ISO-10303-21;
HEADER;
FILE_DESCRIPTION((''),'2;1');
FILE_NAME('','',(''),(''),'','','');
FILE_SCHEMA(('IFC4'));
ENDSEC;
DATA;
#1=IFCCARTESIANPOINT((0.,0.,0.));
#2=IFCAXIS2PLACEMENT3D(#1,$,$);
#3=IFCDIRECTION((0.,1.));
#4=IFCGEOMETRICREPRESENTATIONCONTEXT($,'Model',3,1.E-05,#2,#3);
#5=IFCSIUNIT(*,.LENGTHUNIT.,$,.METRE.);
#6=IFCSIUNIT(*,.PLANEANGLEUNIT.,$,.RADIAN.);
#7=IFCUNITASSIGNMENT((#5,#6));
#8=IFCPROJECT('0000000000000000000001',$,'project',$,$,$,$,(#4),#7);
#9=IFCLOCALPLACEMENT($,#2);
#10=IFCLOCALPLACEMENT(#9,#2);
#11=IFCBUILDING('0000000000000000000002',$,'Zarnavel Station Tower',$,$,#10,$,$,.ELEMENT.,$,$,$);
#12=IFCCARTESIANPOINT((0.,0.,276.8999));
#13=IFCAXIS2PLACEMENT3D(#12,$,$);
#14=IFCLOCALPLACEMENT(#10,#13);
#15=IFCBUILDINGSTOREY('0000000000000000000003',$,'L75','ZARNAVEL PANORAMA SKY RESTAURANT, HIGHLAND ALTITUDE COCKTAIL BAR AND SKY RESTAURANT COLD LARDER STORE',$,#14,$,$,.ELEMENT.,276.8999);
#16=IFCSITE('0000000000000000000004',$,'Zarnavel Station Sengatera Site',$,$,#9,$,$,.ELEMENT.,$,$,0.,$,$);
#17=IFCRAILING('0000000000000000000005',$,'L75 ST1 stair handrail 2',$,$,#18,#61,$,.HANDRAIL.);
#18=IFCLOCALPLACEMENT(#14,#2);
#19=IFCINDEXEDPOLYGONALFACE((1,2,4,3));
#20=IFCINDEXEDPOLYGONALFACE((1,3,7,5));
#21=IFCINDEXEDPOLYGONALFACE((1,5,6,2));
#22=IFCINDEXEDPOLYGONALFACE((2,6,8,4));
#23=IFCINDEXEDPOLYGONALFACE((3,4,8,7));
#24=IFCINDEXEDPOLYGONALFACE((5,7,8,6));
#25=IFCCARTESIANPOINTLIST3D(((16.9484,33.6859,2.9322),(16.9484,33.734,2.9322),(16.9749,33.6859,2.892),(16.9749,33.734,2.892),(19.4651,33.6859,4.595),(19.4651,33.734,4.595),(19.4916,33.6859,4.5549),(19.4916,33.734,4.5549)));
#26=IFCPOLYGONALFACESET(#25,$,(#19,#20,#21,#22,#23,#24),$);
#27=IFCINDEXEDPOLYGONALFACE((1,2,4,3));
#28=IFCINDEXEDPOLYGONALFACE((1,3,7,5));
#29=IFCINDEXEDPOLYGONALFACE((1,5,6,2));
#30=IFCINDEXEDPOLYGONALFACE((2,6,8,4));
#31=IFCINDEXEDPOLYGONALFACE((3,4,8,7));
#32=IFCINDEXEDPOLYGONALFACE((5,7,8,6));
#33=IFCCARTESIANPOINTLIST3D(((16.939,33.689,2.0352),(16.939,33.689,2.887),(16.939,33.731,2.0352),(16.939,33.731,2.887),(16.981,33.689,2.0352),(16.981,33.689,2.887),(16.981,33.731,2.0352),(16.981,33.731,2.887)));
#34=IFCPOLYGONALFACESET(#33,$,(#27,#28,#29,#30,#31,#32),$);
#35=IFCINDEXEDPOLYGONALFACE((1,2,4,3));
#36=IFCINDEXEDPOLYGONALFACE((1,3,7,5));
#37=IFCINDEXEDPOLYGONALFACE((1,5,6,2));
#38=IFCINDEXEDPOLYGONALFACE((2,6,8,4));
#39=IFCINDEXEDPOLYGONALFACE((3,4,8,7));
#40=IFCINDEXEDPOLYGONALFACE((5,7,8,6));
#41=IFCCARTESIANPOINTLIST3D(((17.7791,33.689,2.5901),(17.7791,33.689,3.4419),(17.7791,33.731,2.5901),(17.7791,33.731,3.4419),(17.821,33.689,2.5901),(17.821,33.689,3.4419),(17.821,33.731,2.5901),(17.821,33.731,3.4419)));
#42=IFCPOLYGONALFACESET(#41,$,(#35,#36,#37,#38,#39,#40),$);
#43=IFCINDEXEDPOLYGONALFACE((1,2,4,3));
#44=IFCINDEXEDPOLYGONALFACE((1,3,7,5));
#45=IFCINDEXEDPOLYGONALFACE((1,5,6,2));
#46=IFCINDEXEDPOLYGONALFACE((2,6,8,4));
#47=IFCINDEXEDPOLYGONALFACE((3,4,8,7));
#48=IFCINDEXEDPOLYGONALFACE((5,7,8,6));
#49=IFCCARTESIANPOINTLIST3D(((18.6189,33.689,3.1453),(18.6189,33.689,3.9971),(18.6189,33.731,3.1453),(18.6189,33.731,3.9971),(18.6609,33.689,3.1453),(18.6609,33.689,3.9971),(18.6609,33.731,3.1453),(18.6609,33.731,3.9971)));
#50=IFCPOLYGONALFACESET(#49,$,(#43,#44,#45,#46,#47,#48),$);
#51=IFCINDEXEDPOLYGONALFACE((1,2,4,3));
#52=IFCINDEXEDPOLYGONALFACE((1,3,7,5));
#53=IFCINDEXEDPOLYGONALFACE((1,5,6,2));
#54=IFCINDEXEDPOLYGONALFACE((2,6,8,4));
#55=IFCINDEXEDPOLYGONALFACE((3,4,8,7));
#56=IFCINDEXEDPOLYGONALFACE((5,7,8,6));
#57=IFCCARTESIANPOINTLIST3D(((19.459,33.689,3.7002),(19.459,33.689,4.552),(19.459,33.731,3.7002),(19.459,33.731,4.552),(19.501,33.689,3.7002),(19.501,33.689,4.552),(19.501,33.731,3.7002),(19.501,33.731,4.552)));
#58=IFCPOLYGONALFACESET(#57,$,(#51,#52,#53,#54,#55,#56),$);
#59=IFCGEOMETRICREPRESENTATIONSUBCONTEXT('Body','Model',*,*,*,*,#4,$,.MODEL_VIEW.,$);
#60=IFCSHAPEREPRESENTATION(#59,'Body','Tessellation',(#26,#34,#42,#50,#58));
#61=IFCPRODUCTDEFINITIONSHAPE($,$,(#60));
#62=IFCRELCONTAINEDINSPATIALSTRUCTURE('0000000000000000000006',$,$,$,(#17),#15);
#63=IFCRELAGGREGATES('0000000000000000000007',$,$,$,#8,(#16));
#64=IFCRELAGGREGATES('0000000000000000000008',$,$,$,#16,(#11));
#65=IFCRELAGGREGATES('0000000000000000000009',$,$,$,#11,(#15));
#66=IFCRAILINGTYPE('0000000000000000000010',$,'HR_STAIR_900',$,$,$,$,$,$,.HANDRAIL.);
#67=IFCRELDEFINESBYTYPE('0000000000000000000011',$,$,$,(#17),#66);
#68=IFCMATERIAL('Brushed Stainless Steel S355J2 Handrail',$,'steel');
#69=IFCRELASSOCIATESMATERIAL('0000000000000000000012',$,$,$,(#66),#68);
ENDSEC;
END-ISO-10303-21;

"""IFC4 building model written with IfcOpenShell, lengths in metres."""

from ifc_helpers import new_model, si_unit, direction, frame, origin, origin_2d, place, context, subcontext, project, spatial, rectangle, extrude, material, type_object, element, save


model = new_model("IFC4")

# Units and contexts
model_context = context("Model", 3, precision=1e-05, world=origin(), true_north=direction((0.0, 1.0)))
body_context = subcontext(model_context, "Body", "Model", "MODEL_VIEW")
ifc_project = project(units=[si_unit("LENGTHUNIT", "METRE"), si_unit("PLANEANGLEUNIT", "RADIAN")], contexts=[model_context])

# Site, building, storey
site_placement = place(None, origin())
site = spatial("IfcSite", under=ifc_project, at=site_placement, Name="Zarnavel Station Sengatera Site", CompositionType="ELEMENT", RefElevation=0.0)
building_placement = place(site_placement, origin())
building = spatial("IfcBuilding", under=site, at=building_placement, Name="Zarnavel Station Tower", CompositionType="ELEMENT")
storey_placement = place(building_placement, frame((0.0, 0.0, 276.8999)))
storey = spatial("IfcBuildingStorey", under=building, at=storey_placement, Name="L75", Description="ZARNAVEL PANORAMA SKY RESTAURANT, HIGHLAND ALTITUDE COCKTAIL BAR AND SKY RESTAURANT COLD LARDER STORE", CompositionType="ELEMENT", Elevation=276.8999)

# Railing
ifc_material_1 = material(Name="Brushed Stainless Steel S355J2 Handrail", Category="steel")
railing_type_1 = type_object("IfcRailingType", Name="HR_STAIR_900", PredefinedType="HANDRAIL", material=ifc_material_1)
railing_1_placement = place(storey_placement, frame((16.96, 33.71, 2.0352)))
element("IfcRailing", 1, at=railing_1_placement, inside=storey, type_object=railing_type_1, Name="L75 ST1 stair handrail 2", PredefinedType="HANDRAIL", context=body_context, shape_type="SweptSolid", body=[
    extrude(rectangle(XDim=0.0481, YDim=0.0481, at=origin_2d()), frame((0.0017, 0.0, 0.877), z_axis=(0.834331, 0.0, 0.551263), x_axis=(0.0, 1.0, 0.0)), (0.0, 0.0, 1.0), 3.0164),
    extrude(rectangle(XDim=0.042, YDim=0.042, at=origin_2d()), origin(), (0.0, 0.0, 1.0), 0.8518),
    extrude(rectangle(XDim=0.042, YDim=0.042, at=origin_2d()), frame((0.8401, 0.0, 0.5549)), (0.0, 0.0, 1.0), 0.8518),
    extrude(rectangle(XDim=0.042, YDim=0.042, at=origin_2d()), frame((1.6799, 0.0, 1.1101)), (0.0, 0.0, 1.0), 0.8518),
    extrude(rectangle(XDim=0.042, YDim=0.042, at=origin_2d()), frame((2.52, 0.0, 1.665)), (0.0, 0.0, 1.0), 0.8518),
])

save(model, "model.ifc")
